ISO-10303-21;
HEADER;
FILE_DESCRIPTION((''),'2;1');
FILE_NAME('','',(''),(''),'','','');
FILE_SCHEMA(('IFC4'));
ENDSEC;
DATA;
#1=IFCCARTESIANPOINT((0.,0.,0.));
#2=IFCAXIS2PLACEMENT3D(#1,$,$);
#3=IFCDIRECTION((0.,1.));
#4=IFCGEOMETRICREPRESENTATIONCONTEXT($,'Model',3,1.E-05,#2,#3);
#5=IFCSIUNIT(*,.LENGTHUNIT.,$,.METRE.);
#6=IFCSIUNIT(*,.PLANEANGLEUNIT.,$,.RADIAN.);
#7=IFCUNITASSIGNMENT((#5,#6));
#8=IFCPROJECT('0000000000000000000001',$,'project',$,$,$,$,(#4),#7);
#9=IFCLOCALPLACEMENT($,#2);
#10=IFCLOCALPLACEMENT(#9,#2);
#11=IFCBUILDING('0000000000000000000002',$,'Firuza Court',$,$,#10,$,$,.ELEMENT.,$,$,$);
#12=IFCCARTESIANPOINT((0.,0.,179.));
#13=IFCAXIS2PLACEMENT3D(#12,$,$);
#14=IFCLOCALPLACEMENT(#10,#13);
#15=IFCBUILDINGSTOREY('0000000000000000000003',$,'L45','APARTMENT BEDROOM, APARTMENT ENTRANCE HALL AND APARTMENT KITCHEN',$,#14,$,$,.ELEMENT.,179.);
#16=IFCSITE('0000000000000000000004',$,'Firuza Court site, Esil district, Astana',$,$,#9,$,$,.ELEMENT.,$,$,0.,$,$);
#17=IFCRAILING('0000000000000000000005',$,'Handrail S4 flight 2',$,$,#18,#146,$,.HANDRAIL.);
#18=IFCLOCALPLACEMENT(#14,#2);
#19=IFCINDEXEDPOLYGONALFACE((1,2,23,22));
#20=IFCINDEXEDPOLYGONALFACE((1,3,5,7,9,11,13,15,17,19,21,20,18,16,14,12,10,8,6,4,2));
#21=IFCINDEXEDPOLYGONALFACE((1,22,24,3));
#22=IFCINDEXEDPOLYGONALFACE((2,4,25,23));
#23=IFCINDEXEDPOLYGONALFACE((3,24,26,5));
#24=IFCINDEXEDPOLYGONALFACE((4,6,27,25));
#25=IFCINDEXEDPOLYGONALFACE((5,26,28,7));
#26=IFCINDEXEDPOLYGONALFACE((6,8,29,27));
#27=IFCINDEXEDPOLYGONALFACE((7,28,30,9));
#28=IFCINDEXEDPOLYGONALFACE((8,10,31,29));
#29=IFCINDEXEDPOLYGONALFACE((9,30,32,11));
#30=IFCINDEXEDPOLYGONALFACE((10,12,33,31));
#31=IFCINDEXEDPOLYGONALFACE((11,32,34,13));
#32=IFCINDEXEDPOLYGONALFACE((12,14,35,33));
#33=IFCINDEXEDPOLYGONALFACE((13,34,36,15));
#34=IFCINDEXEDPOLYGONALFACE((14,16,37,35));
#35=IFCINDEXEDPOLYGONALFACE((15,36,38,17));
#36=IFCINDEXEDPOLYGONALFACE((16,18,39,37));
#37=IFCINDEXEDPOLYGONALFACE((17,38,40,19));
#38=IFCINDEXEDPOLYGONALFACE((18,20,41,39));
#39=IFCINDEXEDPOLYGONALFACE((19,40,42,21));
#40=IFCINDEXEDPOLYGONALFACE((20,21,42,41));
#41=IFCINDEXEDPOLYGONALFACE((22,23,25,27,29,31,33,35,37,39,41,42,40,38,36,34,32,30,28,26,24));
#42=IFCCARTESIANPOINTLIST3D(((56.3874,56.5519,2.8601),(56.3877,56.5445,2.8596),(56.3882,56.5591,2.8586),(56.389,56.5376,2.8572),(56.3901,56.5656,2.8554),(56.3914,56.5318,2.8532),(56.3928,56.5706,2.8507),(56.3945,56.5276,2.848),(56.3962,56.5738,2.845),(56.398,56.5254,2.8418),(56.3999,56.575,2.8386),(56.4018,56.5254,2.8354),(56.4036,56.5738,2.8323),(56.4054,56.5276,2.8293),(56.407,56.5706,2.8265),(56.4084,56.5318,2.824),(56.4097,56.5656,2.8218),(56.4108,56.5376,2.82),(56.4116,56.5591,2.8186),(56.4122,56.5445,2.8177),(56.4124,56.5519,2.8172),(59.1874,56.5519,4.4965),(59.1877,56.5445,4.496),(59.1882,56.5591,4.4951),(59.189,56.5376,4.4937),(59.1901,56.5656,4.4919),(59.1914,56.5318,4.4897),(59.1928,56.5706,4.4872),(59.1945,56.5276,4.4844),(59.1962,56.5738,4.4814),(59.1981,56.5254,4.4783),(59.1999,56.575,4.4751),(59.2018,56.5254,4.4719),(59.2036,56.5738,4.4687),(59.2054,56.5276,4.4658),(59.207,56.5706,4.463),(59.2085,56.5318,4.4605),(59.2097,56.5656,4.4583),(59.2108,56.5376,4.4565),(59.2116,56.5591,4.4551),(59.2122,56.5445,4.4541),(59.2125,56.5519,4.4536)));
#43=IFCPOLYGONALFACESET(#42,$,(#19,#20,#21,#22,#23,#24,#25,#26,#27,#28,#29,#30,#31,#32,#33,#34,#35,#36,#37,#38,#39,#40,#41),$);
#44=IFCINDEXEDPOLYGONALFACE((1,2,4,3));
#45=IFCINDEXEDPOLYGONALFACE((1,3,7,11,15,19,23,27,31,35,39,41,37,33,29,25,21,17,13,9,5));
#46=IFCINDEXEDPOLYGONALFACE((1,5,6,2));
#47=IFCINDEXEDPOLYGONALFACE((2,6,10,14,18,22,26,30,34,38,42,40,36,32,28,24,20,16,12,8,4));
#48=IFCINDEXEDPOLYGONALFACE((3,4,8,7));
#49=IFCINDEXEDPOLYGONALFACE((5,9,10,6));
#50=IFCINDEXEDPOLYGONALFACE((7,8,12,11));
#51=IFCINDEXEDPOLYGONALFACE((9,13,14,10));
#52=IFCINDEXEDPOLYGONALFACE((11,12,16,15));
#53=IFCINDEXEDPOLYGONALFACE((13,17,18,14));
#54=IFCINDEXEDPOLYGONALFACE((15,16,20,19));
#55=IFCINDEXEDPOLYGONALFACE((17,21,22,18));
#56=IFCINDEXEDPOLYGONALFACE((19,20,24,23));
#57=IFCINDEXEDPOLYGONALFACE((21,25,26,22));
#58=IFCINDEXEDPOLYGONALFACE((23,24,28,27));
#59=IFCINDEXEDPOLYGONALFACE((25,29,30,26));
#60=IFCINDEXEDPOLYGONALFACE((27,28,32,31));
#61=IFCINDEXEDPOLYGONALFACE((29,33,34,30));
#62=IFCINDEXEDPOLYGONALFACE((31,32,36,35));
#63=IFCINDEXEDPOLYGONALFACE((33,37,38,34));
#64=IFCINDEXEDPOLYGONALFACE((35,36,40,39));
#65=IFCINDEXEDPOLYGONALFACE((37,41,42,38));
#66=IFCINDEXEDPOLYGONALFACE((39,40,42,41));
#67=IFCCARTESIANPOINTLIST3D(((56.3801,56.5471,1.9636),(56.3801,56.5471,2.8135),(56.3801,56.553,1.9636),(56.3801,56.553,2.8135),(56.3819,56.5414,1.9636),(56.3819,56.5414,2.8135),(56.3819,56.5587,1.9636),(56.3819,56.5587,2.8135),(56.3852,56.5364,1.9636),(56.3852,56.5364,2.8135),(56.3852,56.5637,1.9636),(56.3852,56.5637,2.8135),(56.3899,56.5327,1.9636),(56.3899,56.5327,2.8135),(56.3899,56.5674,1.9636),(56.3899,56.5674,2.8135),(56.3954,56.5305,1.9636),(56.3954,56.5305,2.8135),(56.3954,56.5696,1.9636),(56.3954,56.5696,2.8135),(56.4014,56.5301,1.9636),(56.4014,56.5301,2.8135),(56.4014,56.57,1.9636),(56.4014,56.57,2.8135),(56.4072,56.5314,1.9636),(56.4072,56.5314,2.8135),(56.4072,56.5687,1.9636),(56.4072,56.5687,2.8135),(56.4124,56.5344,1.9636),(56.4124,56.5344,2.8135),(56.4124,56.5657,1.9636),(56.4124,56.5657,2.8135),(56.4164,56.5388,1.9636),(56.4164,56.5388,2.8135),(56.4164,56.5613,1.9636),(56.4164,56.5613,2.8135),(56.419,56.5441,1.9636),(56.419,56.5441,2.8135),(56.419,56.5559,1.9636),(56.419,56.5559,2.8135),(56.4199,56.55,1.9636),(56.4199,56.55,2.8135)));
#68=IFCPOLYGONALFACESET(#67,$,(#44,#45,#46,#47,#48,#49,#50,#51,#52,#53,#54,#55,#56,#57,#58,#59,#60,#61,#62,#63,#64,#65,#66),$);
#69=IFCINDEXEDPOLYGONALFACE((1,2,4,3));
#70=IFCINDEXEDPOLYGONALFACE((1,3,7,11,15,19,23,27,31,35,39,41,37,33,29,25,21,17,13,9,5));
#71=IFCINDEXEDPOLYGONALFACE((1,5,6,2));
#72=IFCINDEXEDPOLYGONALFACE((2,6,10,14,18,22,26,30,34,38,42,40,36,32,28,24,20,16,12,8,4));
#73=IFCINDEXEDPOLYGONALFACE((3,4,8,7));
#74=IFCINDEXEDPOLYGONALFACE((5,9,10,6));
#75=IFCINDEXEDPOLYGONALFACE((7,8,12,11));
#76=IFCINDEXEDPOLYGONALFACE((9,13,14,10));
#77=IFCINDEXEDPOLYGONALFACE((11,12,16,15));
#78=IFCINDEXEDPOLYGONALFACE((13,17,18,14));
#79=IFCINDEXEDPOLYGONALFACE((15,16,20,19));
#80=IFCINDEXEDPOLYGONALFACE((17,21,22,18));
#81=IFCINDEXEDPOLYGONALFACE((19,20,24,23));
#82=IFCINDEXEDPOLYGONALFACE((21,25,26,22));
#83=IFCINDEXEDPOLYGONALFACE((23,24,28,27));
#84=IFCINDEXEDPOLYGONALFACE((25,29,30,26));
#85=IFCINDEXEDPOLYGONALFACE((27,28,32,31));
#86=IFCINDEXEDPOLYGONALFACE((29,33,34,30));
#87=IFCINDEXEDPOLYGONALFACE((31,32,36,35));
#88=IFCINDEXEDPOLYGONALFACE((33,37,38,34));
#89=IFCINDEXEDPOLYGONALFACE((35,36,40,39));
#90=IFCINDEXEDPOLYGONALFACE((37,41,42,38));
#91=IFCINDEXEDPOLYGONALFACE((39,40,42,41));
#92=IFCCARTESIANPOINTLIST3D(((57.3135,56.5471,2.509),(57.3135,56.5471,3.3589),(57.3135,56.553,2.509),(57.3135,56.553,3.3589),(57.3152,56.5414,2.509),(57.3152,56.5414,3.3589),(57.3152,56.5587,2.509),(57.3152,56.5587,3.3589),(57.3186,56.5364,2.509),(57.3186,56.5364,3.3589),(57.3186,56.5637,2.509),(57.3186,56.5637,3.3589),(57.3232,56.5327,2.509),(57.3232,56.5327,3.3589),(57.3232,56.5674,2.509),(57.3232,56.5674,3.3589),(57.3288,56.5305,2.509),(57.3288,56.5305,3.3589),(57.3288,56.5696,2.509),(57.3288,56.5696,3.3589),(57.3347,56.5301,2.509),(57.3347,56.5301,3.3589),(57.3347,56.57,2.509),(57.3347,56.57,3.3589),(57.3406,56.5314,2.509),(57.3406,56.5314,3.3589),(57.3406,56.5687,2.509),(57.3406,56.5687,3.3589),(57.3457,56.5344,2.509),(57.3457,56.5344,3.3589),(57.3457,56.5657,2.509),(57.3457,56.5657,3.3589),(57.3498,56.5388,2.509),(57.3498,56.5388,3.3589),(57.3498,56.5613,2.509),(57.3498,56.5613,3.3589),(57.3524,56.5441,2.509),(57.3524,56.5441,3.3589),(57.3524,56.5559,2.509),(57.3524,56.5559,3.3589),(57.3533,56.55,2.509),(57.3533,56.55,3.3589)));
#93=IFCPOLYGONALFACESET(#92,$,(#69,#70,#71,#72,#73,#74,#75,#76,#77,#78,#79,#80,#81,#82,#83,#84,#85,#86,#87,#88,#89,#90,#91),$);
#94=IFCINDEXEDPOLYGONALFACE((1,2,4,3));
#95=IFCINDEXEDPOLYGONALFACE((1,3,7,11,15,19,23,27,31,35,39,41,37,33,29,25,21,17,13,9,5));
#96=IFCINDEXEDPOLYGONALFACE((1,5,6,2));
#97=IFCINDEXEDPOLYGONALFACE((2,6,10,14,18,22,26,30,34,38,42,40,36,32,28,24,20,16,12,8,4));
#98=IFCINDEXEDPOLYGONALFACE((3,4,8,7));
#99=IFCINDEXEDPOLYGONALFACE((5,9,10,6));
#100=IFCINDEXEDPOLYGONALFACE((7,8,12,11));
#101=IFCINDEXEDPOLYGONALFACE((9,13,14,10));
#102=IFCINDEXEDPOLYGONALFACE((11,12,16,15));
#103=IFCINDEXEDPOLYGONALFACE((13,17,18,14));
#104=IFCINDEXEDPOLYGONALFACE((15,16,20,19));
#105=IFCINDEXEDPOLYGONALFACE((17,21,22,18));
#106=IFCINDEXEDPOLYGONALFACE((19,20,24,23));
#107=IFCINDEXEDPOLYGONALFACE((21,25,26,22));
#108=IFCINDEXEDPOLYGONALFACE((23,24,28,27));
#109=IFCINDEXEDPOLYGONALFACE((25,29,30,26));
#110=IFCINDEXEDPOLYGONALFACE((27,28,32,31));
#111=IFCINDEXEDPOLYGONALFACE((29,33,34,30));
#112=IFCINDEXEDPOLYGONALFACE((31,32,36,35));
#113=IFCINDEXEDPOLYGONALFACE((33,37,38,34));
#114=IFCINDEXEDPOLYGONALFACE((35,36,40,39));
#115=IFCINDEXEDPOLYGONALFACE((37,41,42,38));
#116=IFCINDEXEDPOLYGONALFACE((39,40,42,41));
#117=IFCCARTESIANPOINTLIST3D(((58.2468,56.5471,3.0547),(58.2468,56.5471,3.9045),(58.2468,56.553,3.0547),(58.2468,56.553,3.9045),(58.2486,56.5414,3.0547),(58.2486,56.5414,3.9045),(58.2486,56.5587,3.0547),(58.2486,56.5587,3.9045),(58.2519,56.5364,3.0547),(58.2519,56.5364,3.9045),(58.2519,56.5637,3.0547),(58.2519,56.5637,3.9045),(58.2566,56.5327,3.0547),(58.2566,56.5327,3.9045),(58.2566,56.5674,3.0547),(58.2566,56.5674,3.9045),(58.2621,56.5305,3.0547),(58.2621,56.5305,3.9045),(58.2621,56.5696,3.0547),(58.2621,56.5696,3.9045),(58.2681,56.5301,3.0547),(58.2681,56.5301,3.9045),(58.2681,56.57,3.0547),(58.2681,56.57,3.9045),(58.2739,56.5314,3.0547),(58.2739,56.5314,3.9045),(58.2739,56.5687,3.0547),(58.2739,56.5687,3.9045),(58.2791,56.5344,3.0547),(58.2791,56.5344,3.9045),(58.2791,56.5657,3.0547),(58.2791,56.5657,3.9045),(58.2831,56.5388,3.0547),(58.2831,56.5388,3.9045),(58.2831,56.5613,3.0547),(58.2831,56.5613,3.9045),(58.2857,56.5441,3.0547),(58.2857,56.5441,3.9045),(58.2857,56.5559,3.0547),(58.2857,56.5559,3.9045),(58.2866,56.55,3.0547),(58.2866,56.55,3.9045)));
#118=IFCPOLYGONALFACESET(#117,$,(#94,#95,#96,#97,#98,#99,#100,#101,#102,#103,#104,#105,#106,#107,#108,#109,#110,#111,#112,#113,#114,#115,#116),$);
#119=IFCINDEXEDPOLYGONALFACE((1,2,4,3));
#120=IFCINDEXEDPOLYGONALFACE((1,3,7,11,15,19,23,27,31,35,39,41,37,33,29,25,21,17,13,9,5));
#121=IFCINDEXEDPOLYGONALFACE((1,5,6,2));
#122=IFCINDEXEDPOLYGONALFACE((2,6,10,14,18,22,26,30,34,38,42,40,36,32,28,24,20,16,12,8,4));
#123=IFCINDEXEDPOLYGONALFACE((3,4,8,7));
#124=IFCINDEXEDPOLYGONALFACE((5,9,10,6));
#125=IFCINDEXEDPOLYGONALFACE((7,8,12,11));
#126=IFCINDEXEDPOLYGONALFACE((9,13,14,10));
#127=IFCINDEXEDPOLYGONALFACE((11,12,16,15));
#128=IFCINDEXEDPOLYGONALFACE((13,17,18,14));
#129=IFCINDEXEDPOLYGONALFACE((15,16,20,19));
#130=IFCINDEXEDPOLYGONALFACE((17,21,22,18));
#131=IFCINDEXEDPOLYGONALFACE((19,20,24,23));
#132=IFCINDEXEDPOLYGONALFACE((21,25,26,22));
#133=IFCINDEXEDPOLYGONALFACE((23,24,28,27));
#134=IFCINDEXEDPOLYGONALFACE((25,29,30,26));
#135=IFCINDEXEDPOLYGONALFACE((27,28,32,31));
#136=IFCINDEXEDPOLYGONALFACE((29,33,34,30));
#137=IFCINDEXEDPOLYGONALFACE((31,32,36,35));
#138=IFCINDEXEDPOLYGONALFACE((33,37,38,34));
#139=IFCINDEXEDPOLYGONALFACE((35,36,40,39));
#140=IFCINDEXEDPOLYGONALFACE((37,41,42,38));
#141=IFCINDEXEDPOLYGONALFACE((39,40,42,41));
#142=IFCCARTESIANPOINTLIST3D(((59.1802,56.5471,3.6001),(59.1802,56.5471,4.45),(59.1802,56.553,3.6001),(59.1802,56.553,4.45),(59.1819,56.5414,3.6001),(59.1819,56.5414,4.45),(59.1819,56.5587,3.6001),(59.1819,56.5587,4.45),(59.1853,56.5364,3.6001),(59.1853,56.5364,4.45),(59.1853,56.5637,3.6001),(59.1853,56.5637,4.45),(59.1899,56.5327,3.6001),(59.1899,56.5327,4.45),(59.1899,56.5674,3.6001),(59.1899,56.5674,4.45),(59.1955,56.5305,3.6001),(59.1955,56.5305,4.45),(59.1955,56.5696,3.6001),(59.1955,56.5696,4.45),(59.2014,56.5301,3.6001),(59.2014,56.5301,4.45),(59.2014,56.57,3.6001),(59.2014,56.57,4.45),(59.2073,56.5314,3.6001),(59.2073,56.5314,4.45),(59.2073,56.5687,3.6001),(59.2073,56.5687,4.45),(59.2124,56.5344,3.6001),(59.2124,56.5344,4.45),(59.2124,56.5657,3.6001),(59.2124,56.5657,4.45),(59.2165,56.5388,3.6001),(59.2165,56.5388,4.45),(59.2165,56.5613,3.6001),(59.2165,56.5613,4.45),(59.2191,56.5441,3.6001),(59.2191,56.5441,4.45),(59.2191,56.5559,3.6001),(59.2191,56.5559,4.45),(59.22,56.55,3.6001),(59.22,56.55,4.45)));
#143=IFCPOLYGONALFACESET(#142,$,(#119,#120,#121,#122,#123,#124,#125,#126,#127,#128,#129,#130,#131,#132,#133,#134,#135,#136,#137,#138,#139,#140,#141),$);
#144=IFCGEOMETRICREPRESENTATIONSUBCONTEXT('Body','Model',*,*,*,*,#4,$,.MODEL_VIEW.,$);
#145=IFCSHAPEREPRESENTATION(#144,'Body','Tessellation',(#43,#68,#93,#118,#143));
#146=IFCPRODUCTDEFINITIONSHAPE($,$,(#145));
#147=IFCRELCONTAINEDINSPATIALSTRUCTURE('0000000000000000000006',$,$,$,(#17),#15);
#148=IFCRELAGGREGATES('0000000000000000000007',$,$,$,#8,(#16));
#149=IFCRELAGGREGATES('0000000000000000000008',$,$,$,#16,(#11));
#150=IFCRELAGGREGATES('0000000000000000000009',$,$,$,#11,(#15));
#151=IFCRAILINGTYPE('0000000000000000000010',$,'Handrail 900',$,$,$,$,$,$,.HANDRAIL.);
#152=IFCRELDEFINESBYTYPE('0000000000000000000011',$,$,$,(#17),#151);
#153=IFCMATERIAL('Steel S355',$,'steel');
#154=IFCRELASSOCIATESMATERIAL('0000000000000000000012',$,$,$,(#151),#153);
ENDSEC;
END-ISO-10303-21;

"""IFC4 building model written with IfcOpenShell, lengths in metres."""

from ifc_helpers import new_model, si_unit, direction, frame, origin, origin_2d, place, context, subcontext, project, spatial, circle, extrude, material, type_object, element, save


model = new_model("IFC4")

# Units and contexts
model_context = context("Model", 3, precision=1e-05, world=origin(), true_north=direction((0.0, 1.0)))
body_context = subcontext(model_context, "Body", "Model", "MODEL_VIEW")
ifc_project = project(units=[si_unit("LENGTHUNIT", "METRE"), si_unit("PLANEANGLEUNIT", "RADIAN")], contexts=[model_context])

# Site, building, storey
site_placement = place(None, origin())
site = spatial("IfcSite", under=ifc_project, at=site_placement, Name="Firuza Court site, Esil district, Astana", CompositionType="ELEMENT", RefElevation=0.0)
building_placement = place(site_placement, origin())
building = spatial("IfcBuilding", under=site, at=building_placement, Name="Firuza Court", CompositionType="ELEMENT")
storey_placement = place(building_placement, frame((0.0, 0.0, 179.0)))
storey = spatial("IfcBuildingStorey", under=building, at=storey_placement, Name="L45", Description="APARTMENT BEDROOM, APARTMENT ENTRANCE HALL AND APARTMENT KITCHEN", CompositionType="ELEMENT", Elevation=179.0)

# Railing
ifc_material_1 = material(Name="Steel S355", Category="steel")
railing_type_1 = type_object("IfcRailingType", Name="Handrail 900", PredefinedType="HANDRAIL", material=ifc_material_1)
railing_1_placement = place(storey_placement, frame((56.3999, 56.55, 1.9636)))
element("IfcRailing", 1, at=railing_1_placement, inside=storey, type_object=railing_type_1, Name="Handrail S4 flight 2", PredefinedType="HANDRAIL", context=body_context, shape_type="SweptSolid", body=[
    extrude(circle(Radius=0.0249, at=origin_2d()), frame((0.0, 0.0, 0.875), z_axis=(0.863361, 0.0, 0.504587), x_axis=(0.0, 1.0, 0.0)), (0.0, 0.0, 1.0), 3.2432),
    extrude(circle(Radius=0.02, at=origin_2d()), origin(), (0.0, 0.0, 1.0), 0.8499),
    extrude(circle(Radius=0.02, at=origin_2d()), frame((0.9333, 0.0, 0.5454)), (0.0, 0.0, 1.0), 0.8499),
    extrude(circle(Radius=0.02, at=origin_2d()), frame((1.8667, 0.0, 1.0911)), (0.0, 0.0, 1.0), 0.8499),
    extrude(circle(Radius=0.02, at=origin_2d()), frame((2.8, 0.0, 1.6365)), (0.0, 0.0, 1.0), 0.8499),
])

save(model, "model.ifc")
